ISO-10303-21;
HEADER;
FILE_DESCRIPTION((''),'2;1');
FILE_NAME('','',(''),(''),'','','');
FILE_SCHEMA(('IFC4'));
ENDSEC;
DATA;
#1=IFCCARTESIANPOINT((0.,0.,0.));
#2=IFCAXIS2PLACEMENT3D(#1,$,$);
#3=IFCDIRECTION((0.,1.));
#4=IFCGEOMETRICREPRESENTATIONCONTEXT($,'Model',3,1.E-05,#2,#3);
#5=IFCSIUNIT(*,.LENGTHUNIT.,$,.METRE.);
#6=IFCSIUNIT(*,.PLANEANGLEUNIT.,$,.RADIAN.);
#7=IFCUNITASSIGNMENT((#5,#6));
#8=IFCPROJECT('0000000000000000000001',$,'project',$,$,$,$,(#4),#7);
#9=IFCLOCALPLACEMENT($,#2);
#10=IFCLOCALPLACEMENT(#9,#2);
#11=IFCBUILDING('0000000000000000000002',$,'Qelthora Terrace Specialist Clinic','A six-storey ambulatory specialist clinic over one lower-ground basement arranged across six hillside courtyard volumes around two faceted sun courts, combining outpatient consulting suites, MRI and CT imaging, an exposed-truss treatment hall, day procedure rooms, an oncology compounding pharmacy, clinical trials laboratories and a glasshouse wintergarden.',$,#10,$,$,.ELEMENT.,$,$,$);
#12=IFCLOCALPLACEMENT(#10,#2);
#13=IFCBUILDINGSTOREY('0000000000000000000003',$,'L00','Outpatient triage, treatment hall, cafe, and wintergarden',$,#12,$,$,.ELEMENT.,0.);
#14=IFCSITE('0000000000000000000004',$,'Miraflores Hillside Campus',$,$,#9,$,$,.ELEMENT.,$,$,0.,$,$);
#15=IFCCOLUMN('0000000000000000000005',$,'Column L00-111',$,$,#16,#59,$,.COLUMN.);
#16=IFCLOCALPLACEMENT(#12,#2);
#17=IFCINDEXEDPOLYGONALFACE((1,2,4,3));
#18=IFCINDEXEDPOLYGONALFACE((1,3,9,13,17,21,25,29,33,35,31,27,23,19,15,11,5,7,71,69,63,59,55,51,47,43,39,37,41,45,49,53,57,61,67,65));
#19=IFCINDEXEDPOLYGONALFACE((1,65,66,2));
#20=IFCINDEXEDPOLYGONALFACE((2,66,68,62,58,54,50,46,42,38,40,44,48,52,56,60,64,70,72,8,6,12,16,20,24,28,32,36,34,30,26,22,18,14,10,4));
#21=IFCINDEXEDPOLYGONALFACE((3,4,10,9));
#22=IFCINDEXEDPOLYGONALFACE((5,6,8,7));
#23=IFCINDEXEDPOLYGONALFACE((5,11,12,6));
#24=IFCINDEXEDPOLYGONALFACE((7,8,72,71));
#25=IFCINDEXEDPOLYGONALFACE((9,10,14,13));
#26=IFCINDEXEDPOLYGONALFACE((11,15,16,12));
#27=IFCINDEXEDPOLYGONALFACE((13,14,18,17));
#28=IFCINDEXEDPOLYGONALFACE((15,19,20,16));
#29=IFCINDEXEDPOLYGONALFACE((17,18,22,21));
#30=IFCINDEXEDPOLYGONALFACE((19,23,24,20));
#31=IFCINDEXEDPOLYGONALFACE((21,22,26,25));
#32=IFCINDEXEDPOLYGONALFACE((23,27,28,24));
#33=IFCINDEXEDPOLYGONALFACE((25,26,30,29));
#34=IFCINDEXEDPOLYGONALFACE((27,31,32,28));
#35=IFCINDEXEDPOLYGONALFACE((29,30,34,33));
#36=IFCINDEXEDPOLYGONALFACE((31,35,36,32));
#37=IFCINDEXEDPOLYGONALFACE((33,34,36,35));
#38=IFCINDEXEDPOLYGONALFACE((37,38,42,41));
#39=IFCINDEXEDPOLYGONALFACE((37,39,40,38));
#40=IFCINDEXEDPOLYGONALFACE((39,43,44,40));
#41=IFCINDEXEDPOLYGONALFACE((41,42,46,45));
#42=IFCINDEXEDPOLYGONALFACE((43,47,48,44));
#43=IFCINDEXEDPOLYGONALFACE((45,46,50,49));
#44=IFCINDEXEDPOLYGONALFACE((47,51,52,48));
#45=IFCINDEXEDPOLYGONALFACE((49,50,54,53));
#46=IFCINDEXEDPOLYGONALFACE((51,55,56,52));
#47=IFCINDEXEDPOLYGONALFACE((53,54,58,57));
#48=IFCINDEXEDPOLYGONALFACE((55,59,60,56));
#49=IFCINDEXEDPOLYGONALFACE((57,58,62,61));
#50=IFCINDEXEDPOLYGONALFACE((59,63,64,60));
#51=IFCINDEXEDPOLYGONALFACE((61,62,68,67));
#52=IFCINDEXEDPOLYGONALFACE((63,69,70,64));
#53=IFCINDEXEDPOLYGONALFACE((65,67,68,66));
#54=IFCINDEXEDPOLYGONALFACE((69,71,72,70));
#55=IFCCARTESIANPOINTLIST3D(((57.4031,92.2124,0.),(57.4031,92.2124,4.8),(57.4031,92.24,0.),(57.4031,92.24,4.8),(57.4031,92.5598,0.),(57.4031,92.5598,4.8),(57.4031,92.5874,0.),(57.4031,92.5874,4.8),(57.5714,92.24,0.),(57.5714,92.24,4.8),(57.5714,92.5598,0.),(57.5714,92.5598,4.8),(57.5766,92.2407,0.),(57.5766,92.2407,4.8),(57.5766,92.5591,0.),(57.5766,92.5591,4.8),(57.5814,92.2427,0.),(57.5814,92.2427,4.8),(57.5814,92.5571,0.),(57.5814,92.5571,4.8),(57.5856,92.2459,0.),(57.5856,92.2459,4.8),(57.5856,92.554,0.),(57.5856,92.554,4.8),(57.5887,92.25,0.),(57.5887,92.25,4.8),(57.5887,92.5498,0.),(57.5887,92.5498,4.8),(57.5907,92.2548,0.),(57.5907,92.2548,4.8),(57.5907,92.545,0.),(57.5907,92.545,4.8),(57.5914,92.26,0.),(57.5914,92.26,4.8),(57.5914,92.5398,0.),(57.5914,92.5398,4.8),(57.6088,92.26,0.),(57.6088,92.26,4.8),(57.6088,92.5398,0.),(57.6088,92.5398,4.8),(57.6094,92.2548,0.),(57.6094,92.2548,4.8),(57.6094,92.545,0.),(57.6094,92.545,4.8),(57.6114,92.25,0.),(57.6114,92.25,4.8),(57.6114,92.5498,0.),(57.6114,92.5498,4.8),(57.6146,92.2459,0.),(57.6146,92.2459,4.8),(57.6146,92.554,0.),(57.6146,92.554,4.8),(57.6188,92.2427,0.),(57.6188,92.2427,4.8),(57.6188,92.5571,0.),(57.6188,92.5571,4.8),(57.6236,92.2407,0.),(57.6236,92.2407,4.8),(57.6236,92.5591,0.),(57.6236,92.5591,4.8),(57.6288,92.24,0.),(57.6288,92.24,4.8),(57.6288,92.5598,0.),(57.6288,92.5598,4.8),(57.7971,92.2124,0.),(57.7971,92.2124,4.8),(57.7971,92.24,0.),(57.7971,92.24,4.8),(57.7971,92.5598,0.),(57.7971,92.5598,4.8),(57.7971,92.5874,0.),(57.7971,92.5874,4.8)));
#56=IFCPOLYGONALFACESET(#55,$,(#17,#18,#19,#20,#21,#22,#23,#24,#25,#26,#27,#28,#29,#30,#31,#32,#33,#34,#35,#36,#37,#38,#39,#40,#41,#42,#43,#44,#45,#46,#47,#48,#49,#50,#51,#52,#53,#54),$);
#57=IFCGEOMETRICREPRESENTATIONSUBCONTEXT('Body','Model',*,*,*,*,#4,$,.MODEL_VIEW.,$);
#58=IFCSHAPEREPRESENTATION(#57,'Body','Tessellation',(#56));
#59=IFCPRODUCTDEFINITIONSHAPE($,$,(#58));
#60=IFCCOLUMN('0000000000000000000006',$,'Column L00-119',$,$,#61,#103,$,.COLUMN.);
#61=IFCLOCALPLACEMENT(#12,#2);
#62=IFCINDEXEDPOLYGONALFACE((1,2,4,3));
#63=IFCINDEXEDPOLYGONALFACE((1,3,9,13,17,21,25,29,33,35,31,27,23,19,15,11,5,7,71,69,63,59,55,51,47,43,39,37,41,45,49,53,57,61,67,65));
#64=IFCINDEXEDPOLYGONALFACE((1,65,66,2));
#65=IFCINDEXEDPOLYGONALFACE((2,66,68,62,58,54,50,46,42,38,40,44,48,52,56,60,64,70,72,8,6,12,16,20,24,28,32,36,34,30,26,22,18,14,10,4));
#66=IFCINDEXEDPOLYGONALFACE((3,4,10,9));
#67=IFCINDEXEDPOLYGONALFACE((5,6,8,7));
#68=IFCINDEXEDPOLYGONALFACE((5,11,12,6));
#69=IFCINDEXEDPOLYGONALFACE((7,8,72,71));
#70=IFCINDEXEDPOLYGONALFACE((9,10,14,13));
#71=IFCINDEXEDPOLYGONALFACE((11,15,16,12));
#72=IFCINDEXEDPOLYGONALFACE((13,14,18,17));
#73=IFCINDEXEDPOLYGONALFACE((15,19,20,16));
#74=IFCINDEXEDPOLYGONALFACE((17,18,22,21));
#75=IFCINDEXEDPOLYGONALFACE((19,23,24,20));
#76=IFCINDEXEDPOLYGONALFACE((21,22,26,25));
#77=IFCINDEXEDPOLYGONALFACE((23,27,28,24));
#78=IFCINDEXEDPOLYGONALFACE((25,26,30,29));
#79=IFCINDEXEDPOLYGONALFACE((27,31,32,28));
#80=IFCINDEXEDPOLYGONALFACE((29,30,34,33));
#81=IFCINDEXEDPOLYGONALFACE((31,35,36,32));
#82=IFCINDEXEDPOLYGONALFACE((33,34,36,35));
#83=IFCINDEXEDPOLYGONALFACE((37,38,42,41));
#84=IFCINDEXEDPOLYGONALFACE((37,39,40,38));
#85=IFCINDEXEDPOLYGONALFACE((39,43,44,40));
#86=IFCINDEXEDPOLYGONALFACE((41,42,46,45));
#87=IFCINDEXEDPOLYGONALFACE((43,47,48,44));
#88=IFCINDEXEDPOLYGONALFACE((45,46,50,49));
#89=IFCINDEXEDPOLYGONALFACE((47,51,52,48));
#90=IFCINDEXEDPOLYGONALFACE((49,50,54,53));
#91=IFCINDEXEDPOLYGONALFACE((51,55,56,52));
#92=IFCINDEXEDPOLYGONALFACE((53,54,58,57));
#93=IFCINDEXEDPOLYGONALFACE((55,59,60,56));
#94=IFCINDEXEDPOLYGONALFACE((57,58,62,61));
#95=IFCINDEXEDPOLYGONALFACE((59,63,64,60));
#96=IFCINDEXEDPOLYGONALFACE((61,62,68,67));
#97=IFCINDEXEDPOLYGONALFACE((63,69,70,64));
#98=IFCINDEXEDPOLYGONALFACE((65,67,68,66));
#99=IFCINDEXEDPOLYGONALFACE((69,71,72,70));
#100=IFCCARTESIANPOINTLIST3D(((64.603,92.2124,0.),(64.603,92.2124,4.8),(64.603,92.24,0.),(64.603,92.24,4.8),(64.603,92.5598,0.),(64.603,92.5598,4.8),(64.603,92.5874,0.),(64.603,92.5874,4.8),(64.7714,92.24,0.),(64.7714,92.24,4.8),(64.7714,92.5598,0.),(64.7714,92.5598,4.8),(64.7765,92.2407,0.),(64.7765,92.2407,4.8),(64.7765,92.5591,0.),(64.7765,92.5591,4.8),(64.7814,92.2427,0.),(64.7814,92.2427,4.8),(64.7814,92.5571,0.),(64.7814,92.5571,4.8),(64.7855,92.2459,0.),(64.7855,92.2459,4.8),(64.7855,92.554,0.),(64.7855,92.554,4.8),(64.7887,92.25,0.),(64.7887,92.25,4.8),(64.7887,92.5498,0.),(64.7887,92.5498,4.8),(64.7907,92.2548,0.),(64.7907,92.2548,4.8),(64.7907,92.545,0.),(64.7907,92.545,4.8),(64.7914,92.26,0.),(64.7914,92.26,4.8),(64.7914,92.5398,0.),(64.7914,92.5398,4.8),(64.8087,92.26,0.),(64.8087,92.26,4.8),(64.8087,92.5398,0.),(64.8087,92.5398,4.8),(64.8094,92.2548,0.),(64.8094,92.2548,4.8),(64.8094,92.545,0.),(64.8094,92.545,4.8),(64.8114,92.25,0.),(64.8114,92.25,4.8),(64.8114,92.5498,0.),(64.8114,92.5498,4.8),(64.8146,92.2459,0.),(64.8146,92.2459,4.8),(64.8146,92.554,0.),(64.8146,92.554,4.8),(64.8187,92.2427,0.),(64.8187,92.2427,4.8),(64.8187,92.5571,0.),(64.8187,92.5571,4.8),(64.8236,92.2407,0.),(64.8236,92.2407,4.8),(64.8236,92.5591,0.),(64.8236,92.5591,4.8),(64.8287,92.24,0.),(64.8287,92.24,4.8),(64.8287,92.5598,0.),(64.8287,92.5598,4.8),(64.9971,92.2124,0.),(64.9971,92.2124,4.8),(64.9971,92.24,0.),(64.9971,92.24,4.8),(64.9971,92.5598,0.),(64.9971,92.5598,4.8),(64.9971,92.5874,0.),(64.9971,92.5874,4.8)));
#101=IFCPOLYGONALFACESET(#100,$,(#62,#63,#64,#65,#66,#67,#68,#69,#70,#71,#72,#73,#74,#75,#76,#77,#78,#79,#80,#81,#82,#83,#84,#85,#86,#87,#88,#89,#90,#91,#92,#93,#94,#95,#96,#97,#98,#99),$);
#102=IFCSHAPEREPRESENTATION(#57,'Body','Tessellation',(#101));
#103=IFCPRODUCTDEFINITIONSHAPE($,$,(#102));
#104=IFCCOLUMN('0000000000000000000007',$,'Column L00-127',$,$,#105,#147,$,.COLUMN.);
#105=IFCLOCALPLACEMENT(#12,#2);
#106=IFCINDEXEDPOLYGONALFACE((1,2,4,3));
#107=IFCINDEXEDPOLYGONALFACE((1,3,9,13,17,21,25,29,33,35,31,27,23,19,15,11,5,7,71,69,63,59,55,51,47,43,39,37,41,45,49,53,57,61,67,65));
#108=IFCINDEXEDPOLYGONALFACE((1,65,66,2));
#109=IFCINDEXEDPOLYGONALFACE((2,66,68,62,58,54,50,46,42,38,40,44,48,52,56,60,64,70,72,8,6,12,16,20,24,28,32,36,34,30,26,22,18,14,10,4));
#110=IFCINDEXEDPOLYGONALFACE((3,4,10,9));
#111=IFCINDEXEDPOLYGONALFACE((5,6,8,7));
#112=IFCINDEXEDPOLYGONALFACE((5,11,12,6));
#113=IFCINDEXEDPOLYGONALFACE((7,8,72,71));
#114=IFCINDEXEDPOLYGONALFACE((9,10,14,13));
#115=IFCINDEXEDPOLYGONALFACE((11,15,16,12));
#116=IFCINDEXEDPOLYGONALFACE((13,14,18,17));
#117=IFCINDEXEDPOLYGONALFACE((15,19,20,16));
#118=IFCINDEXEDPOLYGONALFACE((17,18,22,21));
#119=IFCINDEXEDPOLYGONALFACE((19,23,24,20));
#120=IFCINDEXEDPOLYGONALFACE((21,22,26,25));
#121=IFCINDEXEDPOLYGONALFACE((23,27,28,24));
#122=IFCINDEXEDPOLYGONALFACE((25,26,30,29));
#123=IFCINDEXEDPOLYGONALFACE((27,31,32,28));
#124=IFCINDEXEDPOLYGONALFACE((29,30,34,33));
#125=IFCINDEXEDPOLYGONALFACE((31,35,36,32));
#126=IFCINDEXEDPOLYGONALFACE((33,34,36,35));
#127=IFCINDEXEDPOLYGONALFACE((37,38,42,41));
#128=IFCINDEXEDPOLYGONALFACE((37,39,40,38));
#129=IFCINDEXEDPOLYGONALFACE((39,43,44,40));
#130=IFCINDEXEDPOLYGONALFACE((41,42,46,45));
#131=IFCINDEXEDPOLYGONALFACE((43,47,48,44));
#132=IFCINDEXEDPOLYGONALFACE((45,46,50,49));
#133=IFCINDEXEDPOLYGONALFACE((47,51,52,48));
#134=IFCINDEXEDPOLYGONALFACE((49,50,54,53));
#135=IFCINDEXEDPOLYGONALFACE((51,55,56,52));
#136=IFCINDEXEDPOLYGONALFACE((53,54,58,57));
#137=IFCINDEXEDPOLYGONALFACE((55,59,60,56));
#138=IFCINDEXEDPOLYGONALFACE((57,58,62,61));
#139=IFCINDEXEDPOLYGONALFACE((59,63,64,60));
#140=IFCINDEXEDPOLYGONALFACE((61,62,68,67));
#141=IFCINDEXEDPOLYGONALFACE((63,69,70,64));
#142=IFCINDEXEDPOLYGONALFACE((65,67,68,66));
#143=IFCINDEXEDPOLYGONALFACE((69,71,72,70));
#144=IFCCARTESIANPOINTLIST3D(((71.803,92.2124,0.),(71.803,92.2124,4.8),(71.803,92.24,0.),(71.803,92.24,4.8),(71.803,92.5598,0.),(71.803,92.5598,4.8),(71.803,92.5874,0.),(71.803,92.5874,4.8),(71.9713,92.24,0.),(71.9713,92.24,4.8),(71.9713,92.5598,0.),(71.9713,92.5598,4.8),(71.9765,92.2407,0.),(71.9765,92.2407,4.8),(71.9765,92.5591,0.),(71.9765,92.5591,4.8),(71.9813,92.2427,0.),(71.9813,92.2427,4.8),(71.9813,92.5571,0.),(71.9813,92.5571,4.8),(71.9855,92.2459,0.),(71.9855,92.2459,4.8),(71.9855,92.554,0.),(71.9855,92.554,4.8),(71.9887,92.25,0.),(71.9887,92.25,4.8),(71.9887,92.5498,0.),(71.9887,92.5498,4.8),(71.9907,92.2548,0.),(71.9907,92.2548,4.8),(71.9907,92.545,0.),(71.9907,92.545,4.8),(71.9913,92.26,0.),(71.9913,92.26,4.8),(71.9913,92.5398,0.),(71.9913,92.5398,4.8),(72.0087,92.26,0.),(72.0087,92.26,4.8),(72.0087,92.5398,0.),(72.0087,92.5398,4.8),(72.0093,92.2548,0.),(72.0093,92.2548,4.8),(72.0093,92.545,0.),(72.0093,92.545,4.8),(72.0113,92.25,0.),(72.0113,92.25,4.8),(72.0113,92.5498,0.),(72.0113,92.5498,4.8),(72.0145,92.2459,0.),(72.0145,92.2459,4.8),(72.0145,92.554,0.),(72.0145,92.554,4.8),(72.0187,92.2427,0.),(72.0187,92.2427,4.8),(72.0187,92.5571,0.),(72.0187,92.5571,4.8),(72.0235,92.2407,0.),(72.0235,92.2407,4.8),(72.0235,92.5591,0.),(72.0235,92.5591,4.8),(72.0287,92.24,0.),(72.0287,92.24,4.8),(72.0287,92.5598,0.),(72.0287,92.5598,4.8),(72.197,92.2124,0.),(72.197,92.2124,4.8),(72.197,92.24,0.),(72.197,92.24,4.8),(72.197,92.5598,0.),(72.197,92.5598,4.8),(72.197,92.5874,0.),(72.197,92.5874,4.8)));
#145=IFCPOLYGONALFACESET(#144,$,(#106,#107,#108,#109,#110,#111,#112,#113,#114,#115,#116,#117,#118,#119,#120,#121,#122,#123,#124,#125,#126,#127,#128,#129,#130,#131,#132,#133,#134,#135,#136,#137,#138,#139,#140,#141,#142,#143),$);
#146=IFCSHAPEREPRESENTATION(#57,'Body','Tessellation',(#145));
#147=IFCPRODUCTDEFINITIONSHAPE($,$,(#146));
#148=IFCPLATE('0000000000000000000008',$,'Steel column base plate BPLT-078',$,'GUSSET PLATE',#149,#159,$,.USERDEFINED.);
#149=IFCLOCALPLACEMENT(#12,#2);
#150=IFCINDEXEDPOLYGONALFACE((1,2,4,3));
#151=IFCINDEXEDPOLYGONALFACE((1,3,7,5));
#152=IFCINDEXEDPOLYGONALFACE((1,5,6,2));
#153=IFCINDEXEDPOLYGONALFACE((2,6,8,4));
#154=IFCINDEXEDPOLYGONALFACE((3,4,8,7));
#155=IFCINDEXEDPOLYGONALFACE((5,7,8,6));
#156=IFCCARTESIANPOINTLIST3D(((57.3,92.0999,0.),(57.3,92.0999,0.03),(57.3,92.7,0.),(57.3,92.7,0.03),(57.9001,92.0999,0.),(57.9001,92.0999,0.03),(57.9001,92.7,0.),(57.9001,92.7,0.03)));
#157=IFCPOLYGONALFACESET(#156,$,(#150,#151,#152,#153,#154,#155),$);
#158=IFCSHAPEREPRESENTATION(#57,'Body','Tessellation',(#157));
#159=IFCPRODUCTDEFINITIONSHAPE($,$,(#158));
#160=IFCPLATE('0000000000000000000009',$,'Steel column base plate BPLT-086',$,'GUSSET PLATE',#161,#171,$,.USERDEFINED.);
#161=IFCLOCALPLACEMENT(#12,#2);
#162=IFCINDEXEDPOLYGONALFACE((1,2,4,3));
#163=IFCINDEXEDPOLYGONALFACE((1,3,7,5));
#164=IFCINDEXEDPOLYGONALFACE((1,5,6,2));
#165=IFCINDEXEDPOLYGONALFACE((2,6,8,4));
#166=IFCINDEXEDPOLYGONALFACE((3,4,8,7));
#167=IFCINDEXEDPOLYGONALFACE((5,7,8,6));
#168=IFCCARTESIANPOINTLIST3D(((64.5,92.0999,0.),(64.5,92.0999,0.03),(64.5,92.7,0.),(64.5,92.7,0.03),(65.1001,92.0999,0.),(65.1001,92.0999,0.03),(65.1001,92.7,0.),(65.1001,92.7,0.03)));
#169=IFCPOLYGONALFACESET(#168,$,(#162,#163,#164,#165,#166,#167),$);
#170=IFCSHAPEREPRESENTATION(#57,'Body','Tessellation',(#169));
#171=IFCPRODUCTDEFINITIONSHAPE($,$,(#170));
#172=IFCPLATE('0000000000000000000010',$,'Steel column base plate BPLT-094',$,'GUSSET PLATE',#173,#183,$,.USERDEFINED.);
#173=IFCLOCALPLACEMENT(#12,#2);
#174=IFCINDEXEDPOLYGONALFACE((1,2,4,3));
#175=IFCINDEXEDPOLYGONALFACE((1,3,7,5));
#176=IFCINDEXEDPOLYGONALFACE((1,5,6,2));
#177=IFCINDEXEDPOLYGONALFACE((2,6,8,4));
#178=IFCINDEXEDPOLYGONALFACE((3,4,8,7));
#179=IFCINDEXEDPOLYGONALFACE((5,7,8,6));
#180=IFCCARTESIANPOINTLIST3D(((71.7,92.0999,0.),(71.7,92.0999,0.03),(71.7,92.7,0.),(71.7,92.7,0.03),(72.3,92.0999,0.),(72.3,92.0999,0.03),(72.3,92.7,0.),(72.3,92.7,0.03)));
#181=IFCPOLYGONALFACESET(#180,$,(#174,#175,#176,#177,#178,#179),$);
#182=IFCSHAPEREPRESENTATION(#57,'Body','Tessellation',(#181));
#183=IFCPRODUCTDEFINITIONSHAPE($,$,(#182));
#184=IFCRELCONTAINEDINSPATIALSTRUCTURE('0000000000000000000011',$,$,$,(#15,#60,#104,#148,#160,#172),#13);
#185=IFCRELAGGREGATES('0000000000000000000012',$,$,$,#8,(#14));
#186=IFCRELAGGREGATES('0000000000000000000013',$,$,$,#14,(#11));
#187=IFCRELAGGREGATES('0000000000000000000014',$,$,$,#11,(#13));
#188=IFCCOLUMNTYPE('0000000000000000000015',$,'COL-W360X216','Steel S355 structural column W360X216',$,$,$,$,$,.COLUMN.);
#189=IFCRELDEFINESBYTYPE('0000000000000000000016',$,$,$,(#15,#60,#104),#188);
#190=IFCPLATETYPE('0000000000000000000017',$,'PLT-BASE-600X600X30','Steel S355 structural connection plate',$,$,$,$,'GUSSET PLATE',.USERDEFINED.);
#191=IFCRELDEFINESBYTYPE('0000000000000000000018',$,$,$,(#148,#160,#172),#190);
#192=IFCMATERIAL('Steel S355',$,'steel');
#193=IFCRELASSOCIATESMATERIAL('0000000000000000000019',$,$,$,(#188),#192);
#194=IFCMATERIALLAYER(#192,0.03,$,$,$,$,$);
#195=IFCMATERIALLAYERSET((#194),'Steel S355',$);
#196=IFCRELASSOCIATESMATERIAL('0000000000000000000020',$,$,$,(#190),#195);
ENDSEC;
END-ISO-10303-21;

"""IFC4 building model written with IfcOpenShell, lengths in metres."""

from ifc_helpers import new_model, si_unit, direction, frame, origin, origin_2d, place, context, subcontext, project, spatial, rectangle, i_section, extrude, material, layer, layer_set, material_profile, profile_set, type_object, element, save


model = new_model("IFC4")

# Units and contexts
model_context = context("Model", 3, precision=1e-05, world=origin(), true_north=direction((0.0, 1.0)))
body_context = subcontext(model_context, "Body", "Model", "MODEL_VIEW")
ifc_project = project(units=[si_unit("LENGTHUNIT", "METRE"), si_unit("PLANEANGLEUNIT", "RADIAN")], contexts=[model_context])

# Site, building, storey
site_placement = place(None, origin())
site = spatial("IfcSite", under=ifc_project, at=site_placement, Name="Miraflores Hillside Campus", CompositionType="ELEMENT", RefElevation=0.0)
building_placement = place(site_placement, origin())
building = spatial("IfcBuilding", under=site, at=building_placement, Name="Qelthora Terrace Specialist Clinic", Description="A six-storey ambulatory specialist clinic over one lower-ground basement arranged across six hillside courtyard volumes around two faceted sun courts, combining outpatient consulting suites, MRI and CT imaging, an exposed-truss treatment hall, day procedure rooms, an oncology compounding pharmacy, clinical trials laboratories and a glasshouse wintergarden.", CompositionType="ELEMENT")
storey_placement = place(building_placement, origin())
storey = spatial("IfcBuildingStorey", under=building, at=storey_placement, Name="L00", Description="Outpatient triage, treatment hall, cafe, and wintergarden", CompositionType="ELEMENT", Elevation=0.0)

# Columns
ifc_material_1 = material(Name="Steel S355", Category="steel")
ifc_material_profile_1 = material_profile(ifc_material_1, i_section(OverallWidth=0.394, OverallDepth=0.375, WebThickness=0.0173, FlangeThickness=0.0276, FilletRadius=0.02, at=origin_2d()), Name="W360X216")
ifc_profile_set_1 = profile_set([ifc_material_profile_1], Name="Steel S355")
column_type = type_object("IfcColumnType", Name="COL-W360X216", Description="Steel S355 structural column W360X216", PredefinedType="COLUMN", material=ifc_profile_set_1)
for number, where, z_axis, x_axis, name in (
    (1, (57.6001, 92.3999, 0.0), (0.0, 0.0, 1.0), (1.0, 0.0, 0.0), "Column L00-111"),
    (2, (64.8, 92.3999, 0.0), (0.0, 0.0, 1.0), (1.0, 0.0, 0.0), "Column L00-119"),
    (3, (72.0, 92.3999, 0.0), (0.0, 0.0, 1.0), (1.0, 0.0, 0.0), "Column L00-127"),
):
    element("IfcColumn", number, at=place(storey_placement, frame(where, z_axis=z_axis, x_axis=x_axis)), inside=storey, type_object=column_type, Name=name, PredefinedType="COLUMN", context=body_context, shape_type="SweptSolid", body=[
        extrude(i_section(OverallWidth=0.394, OverallDepth=0.375, WebThickness=0.0173, FlangeThickness=0.0276, FilletRadius=0.02, at=origin_2d()), origin(), (0.0, 0.0, 1.0), 4.8),
    ])

# Plates
ifc_layer_1 = layer(ifc_material_1, 0.03)
ifc_layer_set_1 = layer_set([ifc_layer_1], Name="Steel S355")
plate_type = type_object("IfcPlateType", Name="PLT-BASE-600X600X30", Description="Steel S355 structural connection plate", ElementType="GUSSET PLATE", PredefinedType="USERDEFINED", material=ifc_layer_set_1)
for number, where, z_axis, x_axis, name in (
    (4, (57.6001, 92.3999, 0.0), (0.0, 0.0, 1.0), (1.0, 0.0, 0.0), "Steel column base plate BPLT-078"),
    (5, (64.8, 92.3999, 0.0), (0.0, 0.0, 1.0), (1.0, 0.0, 0.0), "Steel column base plate BPLT-086"),
    (6, (72.0, 92.3999, 0.0), (0.0, 0.0, 1.0), (1.0, 0.0, 0.0), "Steel column base plate BPLT-094"),
):
    element("IfcPlate", number, at=place(storey_placement, frame(where, z_axis=z_axis, x_axis=x_axis)), inside=storey, type_object=plate_type, Name=name, ObjectType="GUSSET PLATE", PredefinedType="USERDEFINED", context=body_context, shape_type="SweptSolid", body=[
        extrude(rectangle(XDim=0.6001, YDim=0.6001, at=origin_2d()), origin(), (0.0, 0.0, 1.0), 0.03),
    ])

save(model, "model.ifc")
